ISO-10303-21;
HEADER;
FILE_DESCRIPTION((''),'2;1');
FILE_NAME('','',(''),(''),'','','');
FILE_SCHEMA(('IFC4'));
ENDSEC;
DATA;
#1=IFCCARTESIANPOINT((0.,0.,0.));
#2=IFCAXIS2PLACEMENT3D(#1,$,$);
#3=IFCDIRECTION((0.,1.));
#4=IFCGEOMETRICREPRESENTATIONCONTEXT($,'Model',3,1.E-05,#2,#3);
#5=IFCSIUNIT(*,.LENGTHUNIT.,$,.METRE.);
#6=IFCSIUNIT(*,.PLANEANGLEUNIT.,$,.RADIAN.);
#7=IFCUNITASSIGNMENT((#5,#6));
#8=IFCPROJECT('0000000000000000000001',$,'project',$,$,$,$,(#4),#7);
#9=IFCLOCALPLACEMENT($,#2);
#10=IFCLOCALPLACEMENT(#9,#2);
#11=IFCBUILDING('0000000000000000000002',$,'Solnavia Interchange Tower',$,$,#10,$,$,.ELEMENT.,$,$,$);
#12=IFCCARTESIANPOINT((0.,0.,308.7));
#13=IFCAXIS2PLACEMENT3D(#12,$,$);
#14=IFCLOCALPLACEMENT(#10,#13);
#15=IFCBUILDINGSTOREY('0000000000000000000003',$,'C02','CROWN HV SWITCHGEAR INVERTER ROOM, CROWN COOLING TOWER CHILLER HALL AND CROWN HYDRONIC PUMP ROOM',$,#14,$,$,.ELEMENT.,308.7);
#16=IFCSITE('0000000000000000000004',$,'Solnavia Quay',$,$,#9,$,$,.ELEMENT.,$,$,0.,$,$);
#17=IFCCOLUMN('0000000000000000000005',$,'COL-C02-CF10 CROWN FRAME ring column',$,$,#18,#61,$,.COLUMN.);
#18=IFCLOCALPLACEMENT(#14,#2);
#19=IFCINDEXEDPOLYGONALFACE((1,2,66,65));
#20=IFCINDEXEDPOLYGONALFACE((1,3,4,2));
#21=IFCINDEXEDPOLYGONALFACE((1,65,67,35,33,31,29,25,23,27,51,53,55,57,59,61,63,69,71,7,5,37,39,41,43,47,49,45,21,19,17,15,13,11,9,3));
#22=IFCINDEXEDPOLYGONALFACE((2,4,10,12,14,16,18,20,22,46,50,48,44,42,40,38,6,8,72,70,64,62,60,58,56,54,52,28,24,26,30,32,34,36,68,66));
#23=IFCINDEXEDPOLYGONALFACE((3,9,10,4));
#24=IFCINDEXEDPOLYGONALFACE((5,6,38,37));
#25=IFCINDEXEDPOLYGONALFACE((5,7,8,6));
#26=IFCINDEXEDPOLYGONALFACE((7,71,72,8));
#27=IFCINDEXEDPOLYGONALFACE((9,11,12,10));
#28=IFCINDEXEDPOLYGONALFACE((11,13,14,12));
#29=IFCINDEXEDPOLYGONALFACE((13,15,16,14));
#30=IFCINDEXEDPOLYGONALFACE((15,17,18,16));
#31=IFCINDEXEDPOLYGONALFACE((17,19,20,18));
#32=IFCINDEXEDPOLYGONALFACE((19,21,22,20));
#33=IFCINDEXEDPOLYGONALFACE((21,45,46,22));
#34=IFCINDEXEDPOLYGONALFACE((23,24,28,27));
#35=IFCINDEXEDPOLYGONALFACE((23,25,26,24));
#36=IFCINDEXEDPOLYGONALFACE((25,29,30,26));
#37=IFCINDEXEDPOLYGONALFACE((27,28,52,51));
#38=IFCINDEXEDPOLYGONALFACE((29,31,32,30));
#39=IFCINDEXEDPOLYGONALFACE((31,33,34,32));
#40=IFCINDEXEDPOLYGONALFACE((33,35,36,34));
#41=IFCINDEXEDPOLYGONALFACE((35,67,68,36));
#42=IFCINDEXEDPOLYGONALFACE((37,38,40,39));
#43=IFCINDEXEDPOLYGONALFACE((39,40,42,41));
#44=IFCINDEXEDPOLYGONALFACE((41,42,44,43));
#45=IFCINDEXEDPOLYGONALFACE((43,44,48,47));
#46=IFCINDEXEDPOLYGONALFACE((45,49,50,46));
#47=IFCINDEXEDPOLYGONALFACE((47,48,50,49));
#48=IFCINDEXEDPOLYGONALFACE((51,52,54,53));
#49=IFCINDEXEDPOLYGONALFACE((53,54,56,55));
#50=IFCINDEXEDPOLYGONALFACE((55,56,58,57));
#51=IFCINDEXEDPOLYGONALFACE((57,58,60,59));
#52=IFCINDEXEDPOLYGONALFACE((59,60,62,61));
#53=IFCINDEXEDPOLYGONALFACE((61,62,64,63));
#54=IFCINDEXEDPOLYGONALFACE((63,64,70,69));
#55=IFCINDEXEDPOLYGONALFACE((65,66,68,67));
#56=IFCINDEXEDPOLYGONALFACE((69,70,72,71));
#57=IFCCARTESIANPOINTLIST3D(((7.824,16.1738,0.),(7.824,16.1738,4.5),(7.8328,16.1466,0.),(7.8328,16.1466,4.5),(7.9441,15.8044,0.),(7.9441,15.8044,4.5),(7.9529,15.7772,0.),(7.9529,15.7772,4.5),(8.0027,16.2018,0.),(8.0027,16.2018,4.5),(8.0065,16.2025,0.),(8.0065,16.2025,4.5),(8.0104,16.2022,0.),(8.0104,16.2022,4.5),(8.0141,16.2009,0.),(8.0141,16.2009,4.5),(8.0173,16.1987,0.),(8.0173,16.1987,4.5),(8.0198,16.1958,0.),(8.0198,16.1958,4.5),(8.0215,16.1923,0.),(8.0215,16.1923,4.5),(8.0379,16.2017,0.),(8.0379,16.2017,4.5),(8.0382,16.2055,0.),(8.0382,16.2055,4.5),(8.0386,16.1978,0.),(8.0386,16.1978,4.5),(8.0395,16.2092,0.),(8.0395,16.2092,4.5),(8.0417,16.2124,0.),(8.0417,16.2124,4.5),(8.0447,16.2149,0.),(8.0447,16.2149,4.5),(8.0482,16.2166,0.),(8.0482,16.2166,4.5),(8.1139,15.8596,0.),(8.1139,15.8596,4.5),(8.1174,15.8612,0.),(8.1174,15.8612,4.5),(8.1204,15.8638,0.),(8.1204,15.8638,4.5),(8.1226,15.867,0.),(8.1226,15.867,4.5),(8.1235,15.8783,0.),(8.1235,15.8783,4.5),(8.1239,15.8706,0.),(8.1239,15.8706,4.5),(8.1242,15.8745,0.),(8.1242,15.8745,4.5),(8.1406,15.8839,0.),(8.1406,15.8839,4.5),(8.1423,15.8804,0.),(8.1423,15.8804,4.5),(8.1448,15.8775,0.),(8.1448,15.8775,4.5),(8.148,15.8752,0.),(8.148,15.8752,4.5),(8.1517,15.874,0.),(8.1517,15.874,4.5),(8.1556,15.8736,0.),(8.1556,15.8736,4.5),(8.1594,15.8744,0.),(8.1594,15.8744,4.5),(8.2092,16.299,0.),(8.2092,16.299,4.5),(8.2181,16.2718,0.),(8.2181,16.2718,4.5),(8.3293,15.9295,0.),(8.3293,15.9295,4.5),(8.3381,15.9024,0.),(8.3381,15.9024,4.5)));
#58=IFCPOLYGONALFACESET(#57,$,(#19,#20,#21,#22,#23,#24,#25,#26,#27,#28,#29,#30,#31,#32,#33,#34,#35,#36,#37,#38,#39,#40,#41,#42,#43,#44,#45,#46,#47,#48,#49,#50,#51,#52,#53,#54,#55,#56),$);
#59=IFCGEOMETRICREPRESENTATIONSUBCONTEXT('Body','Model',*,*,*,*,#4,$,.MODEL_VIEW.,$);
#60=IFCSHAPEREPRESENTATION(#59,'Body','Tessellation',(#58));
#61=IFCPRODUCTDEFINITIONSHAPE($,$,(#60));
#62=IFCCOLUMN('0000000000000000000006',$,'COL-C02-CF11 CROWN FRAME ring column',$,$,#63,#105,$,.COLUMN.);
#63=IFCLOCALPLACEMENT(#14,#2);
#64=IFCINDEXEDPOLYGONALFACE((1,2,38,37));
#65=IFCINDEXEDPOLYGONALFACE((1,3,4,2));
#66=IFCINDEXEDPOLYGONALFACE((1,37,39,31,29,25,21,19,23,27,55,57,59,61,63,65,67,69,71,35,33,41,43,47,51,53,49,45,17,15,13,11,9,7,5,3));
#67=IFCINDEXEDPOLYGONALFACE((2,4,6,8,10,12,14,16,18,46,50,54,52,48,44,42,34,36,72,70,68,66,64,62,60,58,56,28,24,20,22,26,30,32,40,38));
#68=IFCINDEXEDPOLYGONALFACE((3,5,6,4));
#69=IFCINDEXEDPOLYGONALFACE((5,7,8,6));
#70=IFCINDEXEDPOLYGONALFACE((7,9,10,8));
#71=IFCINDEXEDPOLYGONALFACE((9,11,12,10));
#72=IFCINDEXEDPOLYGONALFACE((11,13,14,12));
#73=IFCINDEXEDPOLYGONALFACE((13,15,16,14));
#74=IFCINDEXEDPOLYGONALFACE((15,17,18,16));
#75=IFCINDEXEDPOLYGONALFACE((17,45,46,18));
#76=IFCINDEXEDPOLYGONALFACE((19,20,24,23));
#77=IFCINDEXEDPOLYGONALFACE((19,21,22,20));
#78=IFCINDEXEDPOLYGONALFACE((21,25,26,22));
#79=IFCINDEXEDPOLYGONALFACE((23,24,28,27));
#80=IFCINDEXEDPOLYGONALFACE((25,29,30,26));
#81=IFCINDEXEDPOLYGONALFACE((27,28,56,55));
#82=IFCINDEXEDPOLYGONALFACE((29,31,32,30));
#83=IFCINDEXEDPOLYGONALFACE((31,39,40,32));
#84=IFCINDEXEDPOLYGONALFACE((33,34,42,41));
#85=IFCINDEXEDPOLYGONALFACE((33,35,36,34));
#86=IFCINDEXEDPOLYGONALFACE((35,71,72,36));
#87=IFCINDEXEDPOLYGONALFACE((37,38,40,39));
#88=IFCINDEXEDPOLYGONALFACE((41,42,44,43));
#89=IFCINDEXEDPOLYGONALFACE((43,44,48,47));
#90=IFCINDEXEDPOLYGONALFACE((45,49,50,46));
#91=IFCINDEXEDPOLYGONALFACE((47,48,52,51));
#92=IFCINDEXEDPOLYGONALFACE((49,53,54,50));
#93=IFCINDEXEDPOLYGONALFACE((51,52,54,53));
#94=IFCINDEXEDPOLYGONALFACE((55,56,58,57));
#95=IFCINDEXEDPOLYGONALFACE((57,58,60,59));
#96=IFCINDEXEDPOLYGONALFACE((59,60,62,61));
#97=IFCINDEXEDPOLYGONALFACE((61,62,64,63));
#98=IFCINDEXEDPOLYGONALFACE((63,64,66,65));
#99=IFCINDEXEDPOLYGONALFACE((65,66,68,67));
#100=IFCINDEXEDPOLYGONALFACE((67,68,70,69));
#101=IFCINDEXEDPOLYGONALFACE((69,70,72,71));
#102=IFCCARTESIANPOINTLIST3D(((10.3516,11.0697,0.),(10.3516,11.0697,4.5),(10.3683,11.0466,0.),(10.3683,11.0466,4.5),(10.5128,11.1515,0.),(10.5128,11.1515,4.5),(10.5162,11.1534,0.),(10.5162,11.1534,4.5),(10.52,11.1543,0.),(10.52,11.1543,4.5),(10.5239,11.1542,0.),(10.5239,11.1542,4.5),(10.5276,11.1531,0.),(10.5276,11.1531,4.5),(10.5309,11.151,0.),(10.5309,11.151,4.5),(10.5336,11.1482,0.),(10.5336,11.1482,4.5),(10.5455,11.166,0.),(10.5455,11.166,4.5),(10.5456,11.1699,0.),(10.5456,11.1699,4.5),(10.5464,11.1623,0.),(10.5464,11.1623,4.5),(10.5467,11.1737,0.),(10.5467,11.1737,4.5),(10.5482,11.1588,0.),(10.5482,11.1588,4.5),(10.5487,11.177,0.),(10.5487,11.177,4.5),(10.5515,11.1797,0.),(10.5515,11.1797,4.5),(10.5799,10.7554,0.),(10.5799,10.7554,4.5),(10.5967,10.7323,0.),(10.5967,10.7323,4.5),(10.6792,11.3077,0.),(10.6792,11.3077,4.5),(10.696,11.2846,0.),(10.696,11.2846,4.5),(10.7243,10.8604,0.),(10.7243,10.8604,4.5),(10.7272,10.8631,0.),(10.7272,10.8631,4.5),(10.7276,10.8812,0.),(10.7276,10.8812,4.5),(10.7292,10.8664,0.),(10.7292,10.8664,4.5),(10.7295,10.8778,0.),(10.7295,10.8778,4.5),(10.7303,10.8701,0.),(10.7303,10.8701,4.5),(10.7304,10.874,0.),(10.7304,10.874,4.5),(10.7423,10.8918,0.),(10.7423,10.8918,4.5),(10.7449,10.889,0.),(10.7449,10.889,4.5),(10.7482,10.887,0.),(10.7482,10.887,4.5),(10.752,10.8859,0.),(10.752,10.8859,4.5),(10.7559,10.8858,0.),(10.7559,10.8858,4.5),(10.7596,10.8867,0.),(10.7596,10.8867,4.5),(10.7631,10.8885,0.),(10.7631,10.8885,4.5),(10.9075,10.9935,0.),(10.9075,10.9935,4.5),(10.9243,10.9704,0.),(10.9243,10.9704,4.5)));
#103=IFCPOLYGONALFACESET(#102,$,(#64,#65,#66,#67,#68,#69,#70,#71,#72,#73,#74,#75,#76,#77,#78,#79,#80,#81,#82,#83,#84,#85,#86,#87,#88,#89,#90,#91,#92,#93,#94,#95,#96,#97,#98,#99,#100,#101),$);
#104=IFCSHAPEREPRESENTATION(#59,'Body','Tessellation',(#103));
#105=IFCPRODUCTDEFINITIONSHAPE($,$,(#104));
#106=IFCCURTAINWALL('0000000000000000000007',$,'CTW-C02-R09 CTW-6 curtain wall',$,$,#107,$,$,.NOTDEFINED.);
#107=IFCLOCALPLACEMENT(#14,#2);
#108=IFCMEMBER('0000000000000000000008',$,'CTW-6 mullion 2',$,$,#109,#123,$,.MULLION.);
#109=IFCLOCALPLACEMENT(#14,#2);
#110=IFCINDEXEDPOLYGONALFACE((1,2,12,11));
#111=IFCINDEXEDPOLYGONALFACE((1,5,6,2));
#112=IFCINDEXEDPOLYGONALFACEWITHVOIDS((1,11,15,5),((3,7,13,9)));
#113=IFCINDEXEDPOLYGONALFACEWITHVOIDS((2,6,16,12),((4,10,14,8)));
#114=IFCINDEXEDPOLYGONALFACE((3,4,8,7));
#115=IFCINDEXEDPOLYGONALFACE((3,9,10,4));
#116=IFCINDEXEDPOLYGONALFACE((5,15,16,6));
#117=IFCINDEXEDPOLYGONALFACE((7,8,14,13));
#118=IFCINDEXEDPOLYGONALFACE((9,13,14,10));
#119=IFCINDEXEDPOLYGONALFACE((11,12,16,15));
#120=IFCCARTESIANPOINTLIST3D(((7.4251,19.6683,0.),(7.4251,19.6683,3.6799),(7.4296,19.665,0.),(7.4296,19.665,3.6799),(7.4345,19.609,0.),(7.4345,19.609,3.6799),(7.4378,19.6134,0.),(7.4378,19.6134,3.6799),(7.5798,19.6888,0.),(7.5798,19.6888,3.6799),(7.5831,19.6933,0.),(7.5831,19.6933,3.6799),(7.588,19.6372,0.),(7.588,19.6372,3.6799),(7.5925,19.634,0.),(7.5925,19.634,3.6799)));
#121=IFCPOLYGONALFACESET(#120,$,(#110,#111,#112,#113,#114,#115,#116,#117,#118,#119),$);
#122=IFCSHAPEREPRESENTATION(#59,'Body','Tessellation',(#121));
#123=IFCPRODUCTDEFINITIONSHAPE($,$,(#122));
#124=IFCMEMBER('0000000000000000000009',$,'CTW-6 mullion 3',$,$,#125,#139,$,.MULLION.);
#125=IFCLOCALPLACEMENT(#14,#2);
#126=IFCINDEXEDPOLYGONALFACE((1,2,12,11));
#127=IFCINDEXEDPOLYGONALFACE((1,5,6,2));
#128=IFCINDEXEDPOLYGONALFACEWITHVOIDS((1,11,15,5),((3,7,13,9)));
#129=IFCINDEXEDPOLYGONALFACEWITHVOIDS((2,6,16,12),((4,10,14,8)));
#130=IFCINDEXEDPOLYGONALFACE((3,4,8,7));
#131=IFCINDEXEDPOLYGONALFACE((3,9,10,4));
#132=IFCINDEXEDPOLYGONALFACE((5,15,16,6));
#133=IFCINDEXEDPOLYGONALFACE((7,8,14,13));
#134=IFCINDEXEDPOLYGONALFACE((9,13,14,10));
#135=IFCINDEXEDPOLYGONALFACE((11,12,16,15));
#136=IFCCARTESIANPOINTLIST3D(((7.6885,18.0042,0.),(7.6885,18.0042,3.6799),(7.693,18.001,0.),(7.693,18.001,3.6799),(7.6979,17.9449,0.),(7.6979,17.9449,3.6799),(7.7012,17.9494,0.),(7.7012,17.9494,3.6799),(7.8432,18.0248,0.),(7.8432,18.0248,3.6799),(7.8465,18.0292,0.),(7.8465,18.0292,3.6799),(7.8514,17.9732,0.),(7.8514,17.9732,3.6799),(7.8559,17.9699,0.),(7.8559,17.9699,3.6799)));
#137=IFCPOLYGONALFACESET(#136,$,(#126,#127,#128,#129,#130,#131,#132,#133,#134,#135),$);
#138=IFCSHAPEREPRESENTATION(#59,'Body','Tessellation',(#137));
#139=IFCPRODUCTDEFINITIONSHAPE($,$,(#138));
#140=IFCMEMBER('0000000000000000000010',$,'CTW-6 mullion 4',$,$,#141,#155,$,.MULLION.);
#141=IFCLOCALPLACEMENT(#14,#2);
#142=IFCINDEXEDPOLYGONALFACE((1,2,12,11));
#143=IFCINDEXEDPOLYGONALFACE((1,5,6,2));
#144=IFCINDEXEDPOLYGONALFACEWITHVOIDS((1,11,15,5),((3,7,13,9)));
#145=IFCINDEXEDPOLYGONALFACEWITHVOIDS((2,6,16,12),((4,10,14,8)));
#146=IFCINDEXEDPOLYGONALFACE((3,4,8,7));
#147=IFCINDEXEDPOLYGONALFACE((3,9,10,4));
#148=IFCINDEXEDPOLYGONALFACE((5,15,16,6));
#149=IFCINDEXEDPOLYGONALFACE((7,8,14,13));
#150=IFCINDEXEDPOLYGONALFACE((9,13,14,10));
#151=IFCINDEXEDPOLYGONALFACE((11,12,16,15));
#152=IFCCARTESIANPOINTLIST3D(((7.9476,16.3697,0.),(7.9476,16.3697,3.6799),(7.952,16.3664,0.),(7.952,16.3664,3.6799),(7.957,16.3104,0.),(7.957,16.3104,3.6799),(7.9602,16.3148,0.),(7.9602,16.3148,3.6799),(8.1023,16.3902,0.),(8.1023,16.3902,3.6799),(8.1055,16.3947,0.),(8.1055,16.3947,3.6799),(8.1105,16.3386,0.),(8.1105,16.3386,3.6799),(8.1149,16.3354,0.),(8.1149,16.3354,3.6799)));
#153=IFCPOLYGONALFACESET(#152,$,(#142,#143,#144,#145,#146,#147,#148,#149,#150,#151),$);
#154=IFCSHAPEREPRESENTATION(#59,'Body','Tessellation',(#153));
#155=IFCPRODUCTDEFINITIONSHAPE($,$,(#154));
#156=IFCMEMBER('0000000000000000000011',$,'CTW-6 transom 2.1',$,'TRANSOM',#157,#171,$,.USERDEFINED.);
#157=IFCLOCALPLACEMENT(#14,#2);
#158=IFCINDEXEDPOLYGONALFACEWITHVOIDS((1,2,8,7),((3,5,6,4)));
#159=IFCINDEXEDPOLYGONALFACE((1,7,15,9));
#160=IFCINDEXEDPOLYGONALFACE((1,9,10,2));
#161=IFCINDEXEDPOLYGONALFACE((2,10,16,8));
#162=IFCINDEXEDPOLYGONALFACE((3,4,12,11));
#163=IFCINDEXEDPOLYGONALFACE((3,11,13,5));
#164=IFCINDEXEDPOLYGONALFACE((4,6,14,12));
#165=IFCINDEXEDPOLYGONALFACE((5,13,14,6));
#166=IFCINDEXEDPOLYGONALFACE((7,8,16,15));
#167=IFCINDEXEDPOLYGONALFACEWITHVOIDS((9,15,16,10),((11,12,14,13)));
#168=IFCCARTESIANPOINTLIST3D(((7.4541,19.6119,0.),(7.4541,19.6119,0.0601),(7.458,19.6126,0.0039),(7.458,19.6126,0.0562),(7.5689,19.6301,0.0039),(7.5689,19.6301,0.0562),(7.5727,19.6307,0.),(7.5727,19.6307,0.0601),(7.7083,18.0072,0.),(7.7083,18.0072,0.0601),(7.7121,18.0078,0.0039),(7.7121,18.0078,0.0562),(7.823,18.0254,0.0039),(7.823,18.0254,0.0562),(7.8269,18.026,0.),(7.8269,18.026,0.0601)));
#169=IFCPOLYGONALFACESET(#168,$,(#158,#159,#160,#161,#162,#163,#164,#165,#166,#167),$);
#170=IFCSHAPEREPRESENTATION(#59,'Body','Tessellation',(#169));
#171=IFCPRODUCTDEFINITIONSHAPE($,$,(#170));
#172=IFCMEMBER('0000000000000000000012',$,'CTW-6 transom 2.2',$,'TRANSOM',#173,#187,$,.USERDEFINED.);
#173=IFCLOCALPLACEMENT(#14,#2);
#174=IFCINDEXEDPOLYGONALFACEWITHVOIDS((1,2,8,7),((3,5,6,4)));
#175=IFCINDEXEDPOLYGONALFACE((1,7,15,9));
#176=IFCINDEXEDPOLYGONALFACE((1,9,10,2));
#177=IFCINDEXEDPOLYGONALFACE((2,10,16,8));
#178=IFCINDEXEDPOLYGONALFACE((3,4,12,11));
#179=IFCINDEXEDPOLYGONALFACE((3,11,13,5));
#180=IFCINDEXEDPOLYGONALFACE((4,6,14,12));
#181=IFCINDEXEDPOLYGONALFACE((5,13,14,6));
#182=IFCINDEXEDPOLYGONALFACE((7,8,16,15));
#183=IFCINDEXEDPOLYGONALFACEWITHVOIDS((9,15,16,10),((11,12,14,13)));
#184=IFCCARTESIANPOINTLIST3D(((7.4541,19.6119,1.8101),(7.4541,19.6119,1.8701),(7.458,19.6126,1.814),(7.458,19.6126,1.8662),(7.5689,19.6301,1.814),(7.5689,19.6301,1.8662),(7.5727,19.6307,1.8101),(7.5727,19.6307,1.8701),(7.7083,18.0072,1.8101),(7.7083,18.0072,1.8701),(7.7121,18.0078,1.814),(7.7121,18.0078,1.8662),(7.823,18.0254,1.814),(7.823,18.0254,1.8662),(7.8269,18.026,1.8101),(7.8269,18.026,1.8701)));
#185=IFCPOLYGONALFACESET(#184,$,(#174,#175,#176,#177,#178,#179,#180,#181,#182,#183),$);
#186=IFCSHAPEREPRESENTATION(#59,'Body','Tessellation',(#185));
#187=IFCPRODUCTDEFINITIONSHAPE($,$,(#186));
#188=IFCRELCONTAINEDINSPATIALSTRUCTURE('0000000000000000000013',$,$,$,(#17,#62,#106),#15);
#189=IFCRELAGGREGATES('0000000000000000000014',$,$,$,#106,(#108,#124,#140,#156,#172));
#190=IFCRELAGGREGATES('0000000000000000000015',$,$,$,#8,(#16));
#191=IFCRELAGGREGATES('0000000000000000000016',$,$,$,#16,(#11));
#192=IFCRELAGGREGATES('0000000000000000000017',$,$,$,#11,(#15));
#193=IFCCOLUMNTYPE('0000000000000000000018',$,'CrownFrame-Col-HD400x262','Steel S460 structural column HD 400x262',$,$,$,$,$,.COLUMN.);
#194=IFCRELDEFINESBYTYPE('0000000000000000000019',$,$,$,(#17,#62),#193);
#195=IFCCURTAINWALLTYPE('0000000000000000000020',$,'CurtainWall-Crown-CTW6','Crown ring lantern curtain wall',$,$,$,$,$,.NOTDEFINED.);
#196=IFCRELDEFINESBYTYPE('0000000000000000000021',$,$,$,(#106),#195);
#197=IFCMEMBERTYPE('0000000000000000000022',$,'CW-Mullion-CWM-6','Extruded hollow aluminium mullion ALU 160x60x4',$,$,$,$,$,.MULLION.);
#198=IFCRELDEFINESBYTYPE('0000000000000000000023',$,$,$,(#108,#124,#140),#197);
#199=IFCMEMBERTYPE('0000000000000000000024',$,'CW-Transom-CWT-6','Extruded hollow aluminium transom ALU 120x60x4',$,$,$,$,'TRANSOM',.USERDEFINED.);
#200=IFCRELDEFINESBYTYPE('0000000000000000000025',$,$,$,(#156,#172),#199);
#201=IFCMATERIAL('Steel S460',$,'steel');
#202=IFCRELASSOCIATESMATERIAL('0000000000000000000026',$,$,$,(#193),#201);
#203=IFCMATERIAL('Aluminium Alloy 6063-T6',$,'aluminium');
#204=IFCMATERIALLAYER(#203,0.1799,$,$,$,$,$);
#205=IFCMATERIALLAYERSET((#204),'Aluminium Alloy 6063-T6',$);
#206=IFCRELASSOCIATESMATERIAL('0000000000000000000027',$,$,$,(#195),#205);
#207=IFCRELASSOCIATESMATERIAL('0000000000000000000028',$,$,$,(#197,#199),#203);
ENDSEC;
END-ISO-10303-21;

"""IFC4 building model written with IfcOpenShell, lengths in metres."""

from ifc_helpers import new_model, si_unit, direction, frame, origin, origin_2d, place, context, subcontext, project, spatial, hollow_rectangle, i_section, extrude, material, layer, layer_set, material_profile, profile_set, type_object, element, aggregate, save


model = new_model("IFC4")

# Units and contexts
model_context = context("Model", 3, precision=1e-05, world=origin(), true_north=direction((0.0, 1.0)))
body_context = subcontext(model_context, "Body", "Model", "MODEL_VIEW")
ifc_project = project(units=[si_unit("LENGTHUNIT", "METRE"), si_unit("PLANEANGLEUNIT", "RADIAN")], contexts=[model_context])

# Site, building, storey
site_placement = place(None, origin())
site = spatial("IfcSite", under=ifc_project, at=site_placement, Name="Solnavia Quay", CompositionType="ELEMENT", RefElevation=0.0)
building_placement = place(site_placement, origin())
building = spatial("IfcBuilding", under=site, at=building_placement, Name="Solnavia Interchange Tower", CompositionType="ELEMENT")
storey_placement = place(building_placement, frame((0.0, 0.0, 308.7)))
storey = spatial("IfcBuildingStorey", under=building, at=storey_placement, Name="C02", Description="CROWN HV SWITCHGEAR INVERTER ROOM, CROWN COOLING TOWER CHILLER HALL AND CROWN HYDRONIC PUMP ROOM", CompositionType="ELEMENT", Elevation=308.7)

# Columns
ifc_material_1 = material(Name="Steel S460", Category="steel")
ifc_material_profile_1 = material_profile(ifc_material_1, i_section(OverallWidth=0.405, OverallDepth=0.417, WebThickness=0.0181, FlangeThickness=0.0286, FilletRadius=0.0149, at=origin_2d()), Name="HD 400x262")
ifc_profile_set_1 = profile_set([ifc_material_profile_1], Name="Steel S460")
column_type = type_object("IfcColumnType", Name="CrownFrame-Col-HD400x262", Description="Steel S460 structural column HD 400x262", PredefinedType="COLUMN", material=ifc_profile_set_1)
for number, where, z_axis, x_axis, name in (
    (1, (8.0811, 16.0381, 0.0), (0.0, 0.0, 1.0), (-0.951057, -0.309017, 0.0), "COL-C02-CF10 CROWN FRAME ring column"),
    (2, (10.6379, 11.02, 0.0), (0.0, 0.0, 1.0), (-0.809017, -0.587785, 0.0), "COL-C02-CF11 CROWN FRAME ring column"),
):
    element("IfcColumn", number, at=place(storey_placement, frame(where, z_axis=z_axis, x_axis=x_axis)), inside=storey, type_object=column_type, Name=name, PredefinedType="COLUMN", context=body_context, shape_type="SweptSolid", body=[
        extrude(i_section(OverallWidth=0.405, OverallDepth=0.417, WebThickness=0.0181, FlangeThickness=0.0286, FilletRadius=0.0149, at=origin_2d()), origin(), (0.0, 0.0, 1.0), 4.5),
    ])

# Curtain wall, members
ifc_material_2 = material(Name="Aluminium Alloy 6063-T6", Category="aluminium")
ifc_layer_1 = layer(ifc_material_2, 0.1799)
ifc_layer_set_1 = layer_set([ifc_layer_1], Name="Aluminium Alloy 6063-T6")
curtain_wall_type = type_object("IfcCurtainWallType", Name="CurtainWall-Crown-CTW6", Description="Crown ring lantern curtain wall", PredefinedType="NOTDEFINED", material=ifc_layer_set_1)
curtain_wall_placement = place(storey_placement, origin())
curtain_wall = element("IfcCurtainWall", 3, at=curtain_wall_placement, inside=storey, type_object=curtain_wall_type, Name="CTW-C02-R09 CTW-6 curtain wall", PredefinedType="NOTDEFINED")
ifc_material_profile_2 = material_profile(ifc_material_2, hollow_rectangle(XDim=0.0601, YDim=0.1599, WallThickness=0.0039, at=origin_2d()), Name="ALU 160x60x4")
ifc_profile_set_2 = profile_set([ifc_material_profile_2], Name="Aluminium Alloy 6063-T6")
member_type_1 = type_object("IfcMemberType", Name="CW-Mullion-CWM-6", Description="Extruded hollow aluminium mullion ALU 160x60x4", PredefinedType="MULLION", material=ifc_profile_set_2)
member_1_placement = place(storey_placement, frame((7.5088, 19.6511, 0.0), z_axis=(0.0, 0.0, 1.0), x_axis=(0.156456, -0.987685, 0.0)))
member_1 = element("IfcMember", 4, at=member_1_placement, type_object=member_type_1, Name="CTW-6 mullion 2", PredefinedType="MULLION", context=body_context, shape_type="SweptSolid", body=[
    extrude(hollow_rectangle(XDim=0.0601, YDim=0.1599, WallThickness=0.0039, at=origin_2d()), origin(), (0.0, 0.0, 1.0), 3.6799),
])
member_2_placement = place(storey_placement, frame((7.7722, 17.9871, 0.0), z_axis=(0.0, 0.0, 1.0), x_axis=(0.156456, -0.987685, 0.0)))
member_2 = element("IfcMember", 5, at=member_2_placement, type_object=member_type_1, Name="CTW-6 mullion 3", PredefinedType="MULLION", context=body_context, shape_type="SweptSolid", body=[
    extrude(hollow_rectangle(XDim=0.0601, YDim=0.1599, WallThickness=0.0039, at=origin_2d()), origin(), (0.0, 0.0, 1.0), 3.6799),
])
member_3_placement = place(storey_placement, frame((8.0312, 16.3525, 0.0), z_axis=(0.0, 0.0, 1.0), x_axis=(0.156456, -0.987685, 0.0)))
member_3 = element("IfcMember", 6, at=member_3_placement, type_object=member_type_1, Name="CTW-6 mullion 4", PredefinedType="MULLION", context=body_context, shape_type="SweptSolid", body=[
    extrude(hollow_rectangle(XDim=0.0601, YDim=0.1599, WallThickness=0.0039, at=origin_2d()), origin(), (0.0, 0.0, 1.0), 3.6799),
])
ifc_material_profile_3 = material_profile(ifc_material_2, hollow_rectangle(XDim=0.0601, YDim=0.1201, WallThickness=0.0039, at=origin_2d()), Name="ALU 120x60x4")
ifc_profile_set_3 = profile_set([ifc_material_profile_3], Name="Aluminium Alloy 6063-T6")
member_type_2 = type_object("IfcMemberType", Name="CW-Transom-CWT-6", Description="Extruded hollow aluminium transom ALU 120x60x4", ElementType="TRANSOM", PredefinedType="USERDEFINED", material=ifc_profile_set_3)
member_4_placement = place(storey_placement, frame((7.5134, 19.6213, 0.03), z_axis=(0.156426, -0.98769, 0.0), x_axis=(0.0, 0.0, 1.0)))
member_4 = element("IfcMember", 7, at=member_4_placement, type_object=member_type_2, Name="CTW-6 transom 2.1", ObjectType="TRANSOM", PredefinedType="USERDEFINED", context=body_context, shape_type="SweptSolid", body=[
    extrude(hollow_rectangle(XDim=0.0601, YDim=0.1201, WallThickness=0.0039, at=origin_2d()), origin(), (0.0, 0.0, 1.0), 1.6248),
])
member_5_placement = place(storey_placement, frame((7.5134, 19.6213, 1.8401), z_axis=(0.156426, -0.98769, 0.0), x_axis=(0.0, 0.0, 1.0)))
member_5 = element("IfcMember", 8, at=member_5_placement, type_object=member_type_2, Name="CTW-6 transom 2.2", ObjectType="TRANSOM", PredefinedType="USERDEFINED", context=body_context, shape_type="SweptSolid", body=[
    extrude(hollow_rectangle(XDim=0.0601, YDim=0.1201, WallThickness=0.0039, at=origin_2d()), origin(), (0.0, 0.0, 1.0), 1.6248),
])

aggregate(curtain_wall, [member_1, member_2, member_3, member_4, member_5])

save(model, "model.ifc")
